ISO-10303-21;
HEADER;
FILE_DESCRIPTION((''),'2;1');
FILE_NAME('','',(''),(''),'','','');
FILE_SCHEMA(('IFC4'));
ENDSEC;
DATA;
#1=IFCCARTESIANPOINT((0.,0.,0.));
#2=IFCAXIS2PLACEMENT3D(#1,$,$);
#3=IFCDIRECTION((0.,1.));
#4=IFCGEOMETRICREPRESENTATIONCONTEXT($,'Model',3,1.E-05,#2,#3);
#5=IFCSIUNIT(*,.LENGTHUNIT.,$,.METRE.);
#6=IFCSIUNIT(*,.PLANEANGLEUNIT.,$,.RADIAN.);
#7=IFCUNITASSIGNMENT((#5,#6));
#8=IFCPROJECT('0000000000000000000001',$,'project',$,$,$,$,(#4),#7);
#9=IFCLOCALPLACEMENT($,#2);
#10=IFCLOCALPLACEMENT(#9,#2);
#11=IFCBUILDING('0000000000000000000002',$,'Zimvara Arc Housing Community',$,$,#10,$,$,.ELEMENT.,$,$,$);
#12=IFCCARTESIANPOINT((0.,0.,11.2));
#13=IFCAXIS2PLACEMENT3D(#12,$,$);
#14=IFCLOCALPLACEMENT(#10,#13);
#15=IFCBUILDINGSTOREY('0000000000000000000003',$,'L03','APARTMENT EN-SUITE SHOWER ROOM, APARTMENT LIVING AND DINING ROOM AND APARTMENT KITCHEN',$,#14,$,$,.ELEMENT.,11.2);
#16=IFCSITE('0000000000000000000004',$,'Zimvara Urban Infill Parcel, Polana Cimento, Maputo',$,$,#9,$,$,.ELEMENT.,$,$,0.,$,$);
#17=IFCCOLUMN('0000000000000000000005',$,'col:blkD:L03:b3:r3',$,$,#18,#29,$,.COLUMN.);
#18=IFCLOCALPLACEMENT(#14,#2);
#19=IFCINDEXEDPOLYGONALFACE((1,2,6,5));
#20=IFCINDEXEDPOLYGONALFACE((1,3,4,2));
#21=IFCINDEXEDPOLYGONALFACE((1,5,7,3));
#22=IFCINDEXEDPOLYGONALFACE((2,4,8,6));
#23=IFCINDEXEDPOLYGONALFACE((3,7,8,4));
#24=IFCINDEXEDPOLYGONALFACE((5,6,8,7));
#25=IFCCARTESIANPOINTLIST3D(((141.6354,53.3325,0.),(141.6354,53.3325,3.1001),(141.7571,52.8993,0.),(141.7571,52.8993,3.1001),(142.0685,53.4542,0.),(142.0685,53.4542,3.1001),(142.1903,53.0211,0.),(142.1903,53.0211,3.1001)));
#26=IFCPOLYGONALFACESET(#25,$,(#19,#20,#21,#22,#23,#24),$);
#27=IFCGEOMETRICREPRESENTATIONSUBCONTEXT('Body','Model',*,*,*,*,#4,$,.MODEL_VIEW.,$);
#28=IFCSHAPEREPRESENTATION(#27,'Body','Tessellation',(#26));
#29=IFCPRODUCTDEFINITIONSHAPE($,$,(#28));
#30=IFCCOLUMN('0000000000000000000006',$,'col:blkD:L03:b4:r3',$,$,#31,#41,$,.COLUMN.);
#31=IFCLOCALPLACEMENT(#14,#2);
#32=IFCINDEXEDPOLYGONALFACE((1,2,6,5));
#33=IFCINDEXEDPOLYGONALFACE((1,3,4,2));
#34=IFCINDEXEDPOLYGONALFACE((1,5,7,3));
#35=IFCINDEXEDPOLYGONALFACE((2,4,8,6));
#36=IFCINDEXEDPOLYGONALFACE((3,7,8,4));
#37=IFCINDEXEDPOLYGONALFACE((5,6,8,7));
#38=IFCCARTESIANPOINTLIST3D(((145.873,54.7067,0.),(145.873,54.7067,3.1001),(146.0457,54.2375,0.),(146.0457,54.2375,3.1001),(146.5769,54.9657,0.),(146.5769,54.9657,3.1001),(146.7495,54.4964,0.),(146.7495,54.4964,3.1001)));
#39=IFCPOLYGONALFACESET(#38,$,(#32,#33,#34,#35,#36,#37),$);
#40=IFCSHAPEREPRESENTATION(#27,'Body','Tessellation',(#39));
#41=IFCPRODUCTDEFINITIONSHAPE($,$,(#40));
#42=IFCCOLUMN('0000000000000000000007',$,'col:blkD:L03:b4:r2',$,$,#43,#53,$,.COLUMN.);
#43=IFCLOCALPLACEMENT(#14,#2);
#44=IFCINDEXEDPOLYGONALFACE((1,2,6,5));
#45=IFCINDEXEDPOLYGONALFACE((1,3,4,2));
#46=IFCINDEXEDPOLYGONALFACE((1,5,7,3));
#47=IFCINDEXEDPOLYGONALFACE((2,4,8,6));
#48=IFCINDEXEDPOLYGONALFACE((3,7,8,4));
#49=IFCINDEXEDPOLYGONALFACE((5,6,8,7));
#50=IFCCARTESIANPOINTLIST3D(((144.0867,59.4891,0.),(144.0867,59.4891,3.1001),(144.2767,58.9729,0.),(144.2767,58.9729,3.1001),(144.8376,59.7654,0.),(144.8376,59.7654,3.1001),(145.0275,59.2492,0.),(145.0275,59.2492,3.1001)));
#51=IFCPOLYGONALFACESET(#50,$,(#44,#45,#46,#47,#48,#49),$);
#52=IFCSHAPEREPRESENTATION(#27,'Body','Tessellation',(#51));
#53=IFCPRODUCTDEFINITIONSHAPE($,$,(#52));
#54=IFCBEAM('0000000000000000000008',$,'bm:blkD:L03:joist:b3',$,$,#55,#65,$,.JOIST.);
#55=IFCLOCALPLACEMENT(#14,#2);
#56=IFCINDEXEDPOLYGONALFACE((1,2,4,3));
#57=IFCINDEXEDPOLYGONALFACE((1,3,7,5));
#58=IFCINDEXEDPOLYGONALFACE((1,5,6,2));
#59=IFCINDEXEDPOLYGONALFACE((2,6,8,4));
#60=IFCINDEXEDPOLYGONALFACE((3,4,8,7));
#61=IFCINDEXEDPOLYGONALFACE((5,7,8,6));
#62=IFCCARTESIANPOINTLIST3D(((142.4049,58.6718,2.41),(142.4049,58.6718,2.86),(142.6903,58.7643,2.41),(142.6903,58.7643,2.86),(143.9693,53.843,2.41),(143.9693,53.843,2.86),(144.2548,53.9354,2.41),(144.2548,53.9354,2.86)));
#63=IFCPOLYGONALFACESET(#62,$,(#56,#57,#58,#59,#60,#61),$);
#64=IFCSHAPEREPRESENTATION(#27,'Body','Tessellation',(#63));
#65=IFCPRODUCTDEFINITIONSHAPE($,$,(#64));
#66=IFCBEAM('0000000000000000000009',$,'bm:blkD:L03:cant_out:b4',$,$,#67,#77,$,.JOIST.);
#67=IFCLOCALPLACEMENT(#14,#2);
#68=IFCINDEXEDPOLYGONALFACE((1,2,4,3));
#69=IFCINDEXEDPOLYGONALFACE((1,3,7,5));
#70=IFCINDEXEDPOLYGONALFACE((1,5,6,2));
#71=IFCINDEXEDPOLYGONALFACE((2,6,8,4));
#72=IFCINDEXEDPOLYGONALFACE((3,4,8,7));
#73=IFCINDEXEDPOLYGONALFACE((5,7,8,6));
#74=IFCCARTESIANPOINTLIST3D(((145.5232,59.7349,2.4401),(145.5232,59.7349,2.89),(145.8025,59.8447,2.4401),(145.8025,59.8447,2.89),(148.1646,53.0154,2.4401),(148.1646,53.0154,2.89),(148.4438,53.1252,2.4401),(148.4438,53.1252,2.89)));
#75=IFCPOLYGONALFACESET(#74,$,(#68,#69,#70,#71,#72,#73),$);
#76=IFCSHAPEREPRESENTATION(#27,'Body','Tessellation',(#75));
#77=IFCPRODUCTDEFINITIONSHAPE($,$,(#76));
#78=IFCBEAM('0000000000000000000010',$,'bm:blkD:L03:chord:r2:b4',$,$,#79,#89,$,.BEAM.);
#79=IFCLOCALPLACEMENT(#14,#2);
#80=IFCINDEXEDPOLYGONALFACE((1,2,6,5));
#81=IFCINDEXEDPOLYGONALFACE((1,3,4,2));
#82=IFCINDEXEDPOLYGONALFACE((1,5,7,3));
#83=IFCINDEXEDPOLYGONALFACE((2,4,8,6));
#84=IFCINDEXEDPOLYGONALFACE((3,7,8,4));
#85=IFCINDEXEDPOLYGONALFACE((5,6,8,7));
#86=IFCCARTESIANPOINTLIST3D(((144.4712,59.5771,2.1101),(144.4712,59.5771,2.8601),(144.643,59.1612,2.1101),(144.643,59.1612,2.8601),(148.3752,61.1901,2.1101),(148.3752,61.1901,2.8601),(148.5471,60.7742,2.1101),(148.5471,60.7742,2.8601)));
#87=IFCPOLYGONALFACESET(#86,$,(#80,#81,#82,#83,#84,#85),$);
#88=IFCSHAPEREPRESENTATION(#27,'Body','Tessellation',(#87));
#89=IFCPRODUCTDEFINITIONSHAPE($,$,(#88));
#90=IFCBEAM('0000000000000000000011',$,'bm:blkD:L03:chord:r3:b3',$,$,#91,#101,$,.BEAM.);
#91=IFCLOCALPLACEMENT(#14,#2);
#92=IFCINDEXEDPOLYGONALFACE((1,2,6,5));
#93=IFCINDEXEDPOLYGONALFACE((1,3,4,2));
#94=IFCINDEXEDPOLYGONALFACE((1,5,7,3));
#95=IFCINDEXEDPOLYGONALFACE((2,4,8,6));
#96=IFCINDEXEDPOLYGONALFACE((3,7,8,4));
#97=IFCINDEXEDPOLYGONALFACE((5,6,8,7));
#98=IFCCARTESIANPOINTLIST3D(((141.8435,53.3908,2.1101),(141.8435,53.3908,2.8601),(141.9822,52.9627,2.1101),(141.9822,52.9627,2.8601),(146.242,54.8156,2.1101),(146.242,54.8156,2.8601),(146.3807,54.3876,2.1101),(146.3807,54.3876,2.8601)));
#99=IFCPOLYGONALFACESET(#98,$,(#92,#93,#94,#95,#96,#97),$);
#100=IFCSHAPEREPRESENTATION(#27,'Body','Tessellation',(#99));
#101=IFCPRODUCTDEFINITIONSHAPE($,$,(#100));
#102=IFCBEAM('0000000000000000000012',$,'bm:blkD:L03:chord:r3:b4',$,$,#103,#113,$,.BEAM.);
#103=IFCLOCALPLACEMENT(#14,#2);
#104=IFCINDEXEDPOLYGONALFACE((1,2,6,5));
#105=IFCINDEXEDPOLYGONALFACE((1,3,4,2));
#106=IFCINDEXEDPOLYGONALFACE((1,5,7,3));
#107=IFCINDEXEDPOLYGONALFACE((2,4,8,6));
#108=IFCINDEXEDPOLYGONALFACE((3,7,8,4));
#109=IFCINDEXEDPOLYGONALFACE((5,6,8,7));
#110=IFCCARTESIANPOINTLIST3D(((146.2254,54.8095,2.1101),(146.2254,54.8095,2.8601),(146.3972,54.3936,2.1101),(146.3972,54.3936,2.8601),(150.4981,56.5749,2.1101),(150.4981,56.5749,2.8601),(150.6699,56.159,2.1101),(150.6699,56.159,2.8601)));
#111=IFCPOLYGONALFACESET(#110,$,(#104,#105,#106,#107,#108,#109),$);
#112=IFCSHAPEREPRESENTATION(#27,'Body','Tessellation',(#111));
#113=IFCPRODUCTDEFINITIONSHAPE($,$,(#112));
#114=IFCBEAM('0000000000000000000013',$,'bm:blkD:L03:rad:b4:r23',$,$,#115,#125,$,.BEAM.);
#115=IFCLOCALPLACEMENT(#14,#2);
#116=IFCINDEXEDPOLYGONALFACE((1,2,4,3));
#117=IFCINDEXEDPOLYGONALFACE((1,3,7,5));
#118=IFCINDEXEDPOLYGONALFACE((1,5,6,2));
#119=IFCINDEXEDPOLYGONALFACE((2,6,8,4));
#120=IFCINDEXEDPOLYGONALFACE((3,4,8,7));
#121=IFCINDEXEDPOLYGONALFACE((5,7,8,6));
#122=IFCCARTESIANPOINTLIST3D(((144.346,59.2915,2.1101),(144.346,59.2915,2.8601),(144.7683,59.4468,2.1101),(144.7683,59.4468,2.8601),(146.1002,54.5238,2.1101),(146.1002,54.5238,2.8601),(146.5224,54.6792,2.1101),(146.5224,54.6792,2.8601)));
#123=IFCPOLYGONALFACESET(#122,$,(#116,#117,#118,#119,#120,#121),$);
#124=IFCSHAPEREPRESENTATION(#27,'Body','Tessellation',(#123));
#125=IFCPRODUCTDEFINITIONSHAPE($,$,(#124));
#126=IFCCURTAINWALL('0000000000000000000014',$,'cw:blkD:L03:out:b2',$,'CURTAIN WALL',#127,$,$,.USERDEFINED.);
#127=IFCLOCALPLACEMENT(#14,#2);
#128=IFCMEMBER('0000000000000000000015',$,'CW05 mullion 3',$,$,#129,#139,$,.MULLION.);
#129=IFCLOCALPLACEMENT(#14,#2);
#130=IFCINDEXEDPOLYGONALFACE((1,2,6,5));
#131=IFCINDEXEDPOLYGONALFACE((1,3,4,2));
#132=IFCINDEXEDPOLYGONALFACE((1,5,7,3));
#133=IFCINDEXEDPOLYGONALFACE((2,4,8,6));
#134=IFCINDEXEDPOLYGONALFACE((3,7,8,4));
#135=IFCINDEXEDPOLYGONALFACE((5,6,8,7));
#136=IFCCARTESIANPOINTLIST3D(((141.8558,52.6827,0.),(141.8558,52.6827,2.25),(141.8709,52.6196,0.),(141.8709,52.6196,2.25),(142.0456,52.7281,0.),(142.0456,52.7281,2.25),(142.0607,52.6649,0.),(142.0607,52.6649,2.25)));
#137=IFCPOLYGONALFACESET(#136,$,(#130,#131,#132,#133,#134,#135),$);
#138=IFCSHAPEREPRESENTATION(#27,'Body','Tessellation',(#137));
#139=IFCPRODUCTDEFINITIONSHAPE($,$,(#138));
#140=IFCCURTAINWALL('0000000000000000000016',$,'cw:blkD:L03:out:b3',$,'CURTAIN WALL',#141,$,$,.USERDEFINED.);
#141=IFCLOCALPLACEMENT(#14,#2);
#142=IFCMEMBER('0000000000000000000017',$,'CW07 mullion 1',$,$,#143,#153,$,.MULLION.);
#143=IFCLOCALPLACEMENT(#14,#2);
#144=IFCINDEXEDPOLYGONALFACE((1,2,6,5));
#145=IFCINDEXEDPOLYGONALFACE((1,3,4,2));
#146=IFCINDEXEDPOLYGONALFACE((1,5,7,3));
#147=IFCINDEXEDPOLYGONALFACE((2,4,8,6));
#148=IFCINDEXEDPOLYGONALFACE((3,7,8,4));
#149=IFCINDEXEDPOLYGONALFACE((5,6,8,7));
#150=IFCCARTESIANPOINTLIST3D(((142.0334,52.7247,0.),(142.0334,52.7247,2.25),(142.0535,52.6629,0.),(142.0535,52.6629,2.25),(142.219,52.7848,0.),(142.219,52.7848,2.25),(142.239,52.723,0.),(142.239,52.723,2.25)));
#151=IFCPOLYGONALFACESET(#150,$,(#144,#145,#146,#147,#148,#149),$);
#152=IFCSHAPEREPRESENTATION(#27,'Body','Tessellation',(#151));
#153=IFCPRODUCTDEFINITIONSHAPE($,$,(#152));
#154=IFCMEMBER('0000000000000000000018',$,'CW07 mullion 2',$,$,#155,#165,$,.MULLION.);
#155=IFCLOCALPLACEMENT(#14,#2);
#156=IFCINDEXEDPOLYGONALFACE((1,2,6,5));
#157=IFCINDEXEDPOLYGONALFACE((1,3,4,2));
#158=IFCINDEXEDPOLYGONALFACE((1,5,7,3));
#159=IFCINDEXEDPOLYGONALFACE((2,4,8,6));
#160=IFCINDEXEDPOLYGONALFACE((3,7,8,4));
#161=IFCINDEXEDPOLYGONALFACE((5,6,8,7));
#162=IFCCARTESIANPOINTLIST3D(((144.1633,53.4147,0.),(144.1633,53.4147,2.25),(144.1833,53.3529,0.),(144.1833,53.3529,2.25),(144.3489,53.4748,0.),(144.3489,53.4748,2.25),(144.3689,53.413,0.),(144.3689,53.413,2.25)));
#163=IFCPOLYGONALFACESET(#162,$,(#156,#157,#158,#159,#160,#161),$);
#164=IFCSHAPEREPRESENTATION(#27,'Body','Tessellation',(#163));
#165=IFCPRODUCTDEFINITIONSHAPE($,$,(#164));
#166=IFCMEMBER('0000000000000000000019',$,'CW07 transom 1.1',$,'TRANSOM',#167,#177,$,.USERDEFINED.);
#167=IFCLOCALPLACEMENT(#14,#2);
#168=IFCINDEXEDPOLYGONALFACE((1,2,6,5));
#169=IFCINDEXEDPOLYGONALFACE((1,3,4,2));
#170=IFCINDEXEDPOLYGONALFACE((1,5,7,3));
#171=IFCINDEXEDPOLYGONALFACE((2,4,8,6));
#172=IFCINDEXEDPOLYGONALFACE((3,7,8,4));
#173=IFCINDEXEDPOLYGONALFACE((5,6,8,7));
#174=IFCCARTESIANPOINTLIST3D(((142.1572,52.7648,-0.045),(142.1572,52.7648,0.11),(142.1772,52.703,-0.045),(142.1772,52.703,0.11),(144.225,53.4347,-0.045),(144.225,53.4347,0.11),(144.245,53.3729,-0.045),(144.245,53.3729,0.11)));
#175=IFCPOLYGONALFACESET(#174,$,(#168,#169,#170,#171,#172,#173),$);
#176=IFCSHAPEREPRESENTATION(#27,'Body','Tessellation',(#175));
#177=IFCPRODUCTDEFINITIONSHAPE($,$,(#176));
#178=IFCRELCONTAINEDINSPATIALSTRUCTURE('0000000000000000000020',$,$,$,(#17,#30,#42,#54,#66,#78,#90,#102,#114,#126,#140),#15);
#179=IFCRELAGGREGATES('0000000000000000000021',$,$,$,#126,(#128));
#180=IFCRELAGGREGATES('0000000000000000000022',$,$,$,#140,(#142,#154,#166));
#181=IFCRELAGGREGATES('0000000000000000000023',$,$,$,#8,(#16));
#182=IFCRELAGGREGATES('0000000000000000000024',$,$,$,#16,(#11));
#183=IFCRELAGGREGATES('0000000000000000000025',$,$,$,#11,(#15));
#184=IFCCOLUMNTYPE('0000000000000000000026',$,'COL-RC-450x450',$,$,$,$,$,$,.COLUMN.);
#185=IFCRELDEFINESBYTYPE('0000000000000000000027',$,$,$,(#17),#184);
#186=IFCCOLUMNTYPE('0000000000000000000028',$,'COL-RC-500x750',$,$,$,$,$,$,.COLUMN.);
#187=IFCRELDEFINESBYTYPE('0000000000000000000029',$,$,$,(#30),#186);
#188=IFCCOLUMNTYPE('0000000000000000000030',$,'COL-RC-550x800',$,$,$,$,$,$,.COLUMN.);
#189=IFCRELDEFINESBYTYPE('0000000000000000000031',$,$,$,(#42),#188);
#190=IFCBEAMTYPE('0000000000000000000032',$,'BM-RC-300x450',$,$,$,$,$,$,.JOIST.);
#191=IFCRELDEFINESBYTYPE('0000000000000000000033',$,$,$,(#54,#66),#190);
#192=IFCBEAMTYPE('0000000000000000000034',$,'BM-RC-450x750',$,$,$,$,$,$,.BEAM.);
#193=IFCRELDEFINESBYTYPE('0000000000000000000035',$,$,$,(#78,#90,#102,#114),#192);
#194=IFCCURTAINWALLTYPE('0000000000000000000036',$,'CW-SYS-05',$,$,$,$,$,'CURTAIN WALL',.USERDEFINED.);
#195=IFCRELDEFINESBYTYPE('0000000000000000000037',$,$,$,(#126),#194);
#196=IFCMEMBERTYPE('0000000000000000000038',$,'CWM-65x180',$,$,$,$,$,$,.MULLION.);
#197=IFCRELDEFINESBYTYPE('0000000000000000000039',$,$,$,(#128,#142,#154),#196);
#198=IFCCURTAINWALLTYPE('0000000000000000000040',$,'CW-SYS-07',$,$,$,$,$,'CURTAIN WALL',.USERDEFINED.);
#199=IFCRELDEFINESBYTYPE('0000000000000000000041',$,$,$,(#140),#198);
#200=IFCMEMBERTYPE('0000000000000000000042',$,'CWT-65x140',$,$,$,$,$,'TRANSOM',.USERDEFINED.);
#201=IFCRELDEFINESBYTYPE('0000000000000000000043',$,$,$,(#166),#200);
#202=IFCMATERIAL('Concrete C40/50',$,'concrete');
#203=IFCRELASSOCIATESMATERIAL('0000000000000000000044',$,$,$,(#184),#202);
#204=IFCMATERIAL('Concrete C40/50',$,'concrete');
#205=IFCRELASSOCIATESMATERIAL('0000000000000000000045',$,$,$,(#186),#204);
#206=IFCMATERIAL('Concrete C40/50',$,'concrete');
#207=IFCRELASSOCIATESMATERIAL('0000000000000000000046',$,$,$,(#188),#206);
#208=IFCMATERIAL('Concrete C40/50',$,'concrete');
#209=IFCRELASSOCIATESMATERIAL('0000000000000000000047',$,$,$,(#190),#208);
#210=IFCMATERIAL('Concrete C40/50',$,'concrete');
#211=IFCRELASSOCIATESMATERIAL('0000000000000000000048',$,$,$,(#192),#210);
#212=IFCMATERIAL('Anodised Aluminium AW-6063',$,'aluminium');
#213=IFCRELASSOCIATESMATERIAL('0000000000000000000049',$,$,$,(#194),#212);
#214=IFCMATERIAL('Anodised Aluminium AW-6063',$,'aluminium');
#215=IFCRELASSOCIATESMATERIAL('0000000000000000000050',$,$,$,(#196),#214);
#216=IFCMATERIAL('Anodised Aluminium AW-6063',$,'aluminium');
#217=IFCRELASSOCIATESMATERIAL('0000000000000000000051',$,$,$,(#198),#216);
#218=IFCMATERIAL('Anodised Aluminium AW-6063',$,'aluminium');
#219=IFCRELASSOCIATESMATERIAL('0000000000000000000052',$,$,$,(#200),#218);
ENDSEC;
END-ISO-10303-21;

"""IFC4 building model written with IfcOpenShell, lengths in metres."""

from ifc_helpers import new_model, si_unit, direction, frame, origin, origin_2d, place, context, subcontext, project, spatial, rectangle, extrude, material, material_profile, profile_set, type_object, element, aggregate, save


model = new_model("IFC4")

# Units and contexts
model_context = context("Model", 3, precision=1e-05, world=origin(), true_north=direction((0.0, 1.0)))
body_context = subcontext(model_context, "Body", "Model", "MODEL_VIEW")
ifc_project = project(units=[si_unit("LENGTHUNIT", "METRE"), si_unit("PLANEANGLEUNIT", "RADIAN")], contexts=[model_context])

# Site, building, storey
site_placement = place(None, origin())
site = spatial("IfcSite", under=ifc_project, at=site_placement, Name="Zimvara Urban Infill Parcel, Polana Cimento, Maputo", CompositionType="ELEMENT", RefElevation=0.0)
building_placement = place(site_placement, origin())
building = spatial("IfcBuilding", under=site, at=building_placement, Name="Zimvara Arc Housing Community", CompositionType="ELEMENT")
storey_placement = place(building_placement, frame((0.0, 0.0, 11.2)))
storey = spatial("IfcBuildingStorey", under=building, at=storey_placement, Name="L03", Description="APARTMENT EN-SUITE SHOWER ROOM, APARTMENT LIVING AND DINING ROOM AND APARTMENT KITCHEN", CompositionType="ELEMENT", Elevation=11.2)

# Columns
ifc_material_1 = material(Name="Concrete C40/50", Category="concrete")
ifc_material_profile_1 = material_profile(ifc_material_1, rectangle(XDim=0.45, YDim=0.45, at=origin_2d()), Name="RC 450x450")
ifc_profile_set_1 = profile_set([ifc_material_profile_1], Name="Concrete C40/50")
column_type_1 = type_object("IfcColumnType", Name="COL-RC-450x450", PredefinedType="COLUMN", material=ifc_profile_set_1)
column_1_placement = place(storey_placement, frame((141.9128, 53.1768, 0.0), z_axis=(0.0, 0.0, 1.0), x_axis=(0.2706, -0.962692, 0.0)))
element("IfcColumn", 1, at=column_1_placement, inside=storey, type_object=column_type_1, Name="col:blkD:L03:b3:r3", PredefinedType="COLUMN", context=body_context, shape_type="SweptSolid", body=[
    extrude(rectangle(XDim=0.45, YDim=0.45, at=origin_2d()), origin(), (0.0, 0.0, 1.0), 3.1001),
])
ifc_material_2 = material(Name="Concrete C40/50", Category="concrete")
ifc_material_profile_2 = material_profile(ifc_material_2, rectangle(XDim=0.5, YDim=0.75, at=origin_2d()), Name="RC 500x750")
ifc_profile_set_2 = profile_set([ifc_material_profile_2], Name="Concrete C40/50")
column_type_2 = type_object("IfcColumnType", Name="COL-RC-500x750", PredefinedType="COLUMN", material=ifc_profile_set_2)
column_2_placement = place(storey_placement, frame((146.3113, 54.6016, 0.0), z_axis=(0.0, 0.0, 1.0), x_axis=(0.345298, -0.938493, 0.0)))
element("IfcColumn", 2, at=column_2_placement, inside=storey, type_object=column_type_2, Name="col:blkD:L03:b4:r3", PredefinedType="COLUMN", context=body_context, shape_type="SweptSolid", body=[
    extrude(rectangle(XDim=0.5, YDim=0.75, at=origin_2d()), origin(), (0.0, 0.0, 1.0), 3.1001),
])
ifc_material_3 = material(Name="Concrete C40/50", Category="concrete")
ifc_material_profile_3 = material_profile(ifc_material_3, rectangle(XDim=0.55, YDim=0.8, at=origin_2d()), Name="RC 550x800")
ifc_profile_set_3 = profile_set([ifc_material_profile_3], Name="Concrete C40/50")
column_type_3 = type_object("IfcColumnType", Name="COL-RC-550x800", PredefinedType="COLUMN", material=ifc_profile_set_3)
column_3_placement = place(storey_placement, frame((144.5571, 59.3691, 0.0), z_axis=(0.0, 0.0, 1.0), x_axis=(0.345298, -0.938493, 0.0)))
element("IfcColumn", 3, at=column_3_placement, inside=storey, type_object=column_type_3, Name="col:blkD:L03:b4:r2", PredefinedType="COLUMN", context=body_context, shape_type="SweptSolid", body=[
    extrude(rectangle(XDim=0.55, YDim=0.8, at=origin_2d()), origin(), (0.0, 0.0, 1.0), 3.1001),
])

# Beams
ifc_material_4 = material(Name="Concrete C40/50", Category="concrete")
ifc_material_profile_4 = material_profile(ifc_material_4, rectangle(XDim=0.3, YDim=0.45, at=origin_2d()), Name="RC 300x450")
ifc_profile_set_4 = profile_set([ifc_material_profile_4], Name="Concrete C40/50")
beam_type_1 = type_object("IfcBeamType", Name="BM-RC-300x450", PredefinedType="JOIST", material=ifc_profile_set_4)
beam_1_placement = place(storey_placement, frame((142.5476, 58.718, 2.635), z_axis=(0.308208, -0.951319, 0.0), x_axis=(0.951319, 0.308208, 0.0)))
element("IfcBeam", 4, at=beam_1_placement, inside=storey, type_object=beam_type_1, Name="bm:blkD:L03:joist:b3", PredefinedType="JOIST", context=body_context, shape_type="SweptSolid", body=[
    extrude(rectangle(XDim=0.3, YDim=0.45, at=origin_2d()), origin(), (0.0, 0.0, 1.0), 5.0759),
])
beam_2_placement = place(storey_placement, frame((145.6628, 59.7898, 2.665), z_axis=(0.36584, -0.930678, 0.0), x_axis=(0.930678, 0.36584, 0.0)))
element("IfcBeam", 5, at=beam_2_placement, inside=storey, type_object=beam_type_1, Name="bm:blkD:L03:cant_out:b4", PredefinedType="JOIST", context=body_context, shape_type="SweptSolid", body=[
    extrude(rectangle(XDim=0.3, YDim=0.45, at=origin_2d()), origin(), (0.0, 0.0, 1.0), 7.22),
])
ifc_material_5 = material(Name="Concrete C40/50", Category="concrete")
ifc_material_profile_5 = material_profile(ifc_material_5, rectangle(XDim=0.45, YDim=0.75, at=origin_2d()), Name="RC 450x750")
ifc_profile_set_5 = profile_set([ifc_material_profile_5], Name="Concrete C40/50")
beam_type_2 = type_object("IfcBeamType", Name="BM-RC-450x750", PredefinedType="BEAM", material=ifc_profile_set_5)
beam_3_placement = place(storey_placement, frame((144.5571, 59.3691, 2.4851), z_axis=(0.92422, 0.38186, 0.0), x_axis=(-0.38186, 0.92422, 0.0)))
element("IfcBeam", 6, at=beam_3_placement, inside=storey, type_object=beam_type_2, Name="bm:blkD:L03:chord:r2:b4", PredefinedType="BEAM", context=body_context, shape_type="SweptSolid", body=[
    extrude(rectangle(XDim=0.45, YDim=0.75, at=origin_2d()), origin(), (0.0, 0.0, 1.0), 4.2241),
])
beam_4_placement = place(storey_placement, frame((141.9128, 53.1768, 2.4851), z_axis=(0.951332, 0.308169, 0.0), x_axis=(-0.308169, 0.951332, 0.0)))
element("IfcBeam", 7, at=beam_4_placement, inside=storey, type_object=beam_type_2, Name="bm:blkD:L03:chord:r3:b3", PredefinedType="BEAM", context=body_context, shape_type="SweptSolid", body=[
    extrude(rectangle(XDim=0.45, YDim=0.75, at=origin_2d()), origin(), (0.0, 0.0, 1.0), 4.6235),
])
beam_5_placement = place(storey_placement, frame((146.3113, 54.6016, 2.4851), z_axis=(0.924218, 0.381865, 0.0), x_axis=(-0.381865, 0.924218, 0.0)))
element("IfcBeam", 8, at=beam_5_placement, inside=storey, type_object=beam_type_2, Name="bm:blkD:L03:chord:r3:b4", PredefinedType="BEAM", context=body_context, shape_type="SweptSolid", body=[
    extrude(rectangle(XDim=0.45, YDim=0.75, at=origin_2d()), origin(), (0.0, 0.0, 1.0), 4.623),
])
beam_6_placement = place(storey_placement, frame((144.5571, 59.3691, 2.4851), z_axis=(0.345302, -0.938492, 0.0), x_axis=(0.938492, 0.345302, 0.0)))
element("IfcBeam", 9, at=beam_6_placement, inside=storey, type_object=beam_type_2, Name="bm:blkD:L03:rad:b4:r23", PredefinedType="BEAM", context=body_context, shape_type="SweptSolid", body=[
    extrude(rectangle(XDim=0.45, YDim=0.75, at=origin_2d()), origin(), (0.0, 0.0, 1.0), 5.0801),
])

# Curtain wall, member
ifc_material_6 = material(Name="Anodised Aluminium AW-6063", Category="aluminium")
curtain_wall_type_1 = type_object("IfcCurtainWallType", Name="CW-SYS-05", ElementType="CURTAIN WALL", PredefinedType="USERDEFINED", material=ifc_material_6)
curtain_wall_1_placement = place(storey_placement, origin())
curtain_wall_1 = element("IfcCurtainWall", 10, at=curtain_wall_1_placement, inside=storey, type_object=curtain_wall_type_1, Name="cw:blkD:L03:out:b2", ObjectType="CURTAIN WALL", PredefinedType="USERDEFINED")
ifc_material_7 = material(Name="Anodised Aluminium AW-6063", Category="aluminium")
ifc_material_profile_6 = material_profile(ifc_material_7, rectangle(XDim=0.0649, YDim=0.1951, at=origin_2d()), Name="ALU 65x195")
ifc_profile_set_6 = profile_set([ifc_material_profile_6], Name="Anodised Aluminium AW-6063")
member_type_1 = type_object("IfcMemberType", Name="CWM-65x180", PredefinedType="MULLION", material=ifc_profile_set_6)
member_1_placement = place(storey_placement, frame((141.9583, 52.6738, 0.0), z_axis=(0.0, 0.0, 1.0), x_axis=(-0.232597, 0.972573, 0.0)))
member_1 = element("IfcMember", 11, at=member_1_placement, type_object=member_type_1, Name="CW05 mullion 3", PredefinedType="MULLION", context=body_context, shape_type="SweptSolid", body=[
    extrude(rectangle(XDim=0.0649, YDim=0.1951, at=origin_2d()), origin(), (0.0, 0.0, 1.0), 2.25),
])
aggregate(curtain_wall_1, [member_1])

# Curtain wall, members
ifc_material_8 = material(Name="Anodised Aluminium AW-6063", Category="aluminium")
curtain_wall_type_2 = type_object("IfcCurtainWallType", Name="CW-SYS-07", ElementType="CURTAIN WALL", PredefinedType="USERDEFINED", material=ifc_material_8)
curtain_wall_2_placement = place(storey_placement, origin())
curtain_wall_2 = element("IfcCurtainWall", 12, at=curtain_wall_2_placement, inside=storey, type_object=curtain_wall_type_2, Name="cw:blkD:L03:out:b3", ObjectType="CURTAIN WALL", PredefinedType="USERDEFINED")
member_2_placement = place(storey_placement, frame((142.1362, 52.7239, 0.0), z_axis=(0.0, 0.0, 1.0), x_axis=(-0.308185, 0.951326, 0.0)))
member_2 = element("IfcMember", 13, at=member_2_placement, type_object=member_type_1, Name="CW07 mullion 1", PredefinedType="MULLION", context=body_context, shape_type="SweptSolid", body=[
    extrude(rectangle(XDim=0.0649, YDim=0.1951, at=origin_2d()), origin(), (0.0, 0.0, 1.0), 2.25),
])
member_3_placement = place(storey_placement, frame((144.2661, 53.4138, 0.0), z_axis=(0.0, 0.0, 1.0), x_axis=(-0.308185, 0.951326, 0.0)))
member_3 = element("IfcMember", 14, at=member_3_placement, type_object=member_type_1, Name="CW07 mullion 2", PredefinedType="MULLION", context=body_context, shape_type="SweptSolid", body=[
    extrude(rectangle(XDim=0.0649, YDim=0.1951, at=origin_2d()), origin(), (0.0, 0.0, 1.0), 2.25),
])
ifc_material_9 = material(Name="Anodised Aluminium AW-6063", Category="aluminium")
ifc_material_profile_7 = material_profile(ifc_material_9, rectangle(XDim=0.0649, YDim=0.155, at=origin_2d()), Name="ALU 65x155")
ifc_profile_set_7 = profile_set([ifc_material_profile_7], Name="Anodised Aluminium AW-6063")
member_type_2 = type_object("IfcMemberType", Name="CWT-65x140", ElementType="TRANSOM", PredefinedType="USERDEFINED", material=ifc_profile_set_7)
member_4_placement = place(storey_placement, frame((142.1672, 52.7339, 0.0325), z_axis=(0.951323, 0.308197, 0.0), x_axis=(-0.308197, 0.951323, 0.0)))
member_4 = element("IfcMember", 15, at=member_4_placement, type_object=member_type_2, Name="CW07 transom 1.1", ObjectType="TRANSOM", PredefinedType="USERDEFINED", context=body_context, shape_type="SweptSolid", body=[
    extrude(rectangle(XDim=0.0649, YDim=0.155, at=origin_2d()), origin(), (0.0, 0.0, 1.0), 2.1736),
])
aggregate(curtain_wall_2, [member_2, member_3, member_4])

save(model, "model.ifc")
